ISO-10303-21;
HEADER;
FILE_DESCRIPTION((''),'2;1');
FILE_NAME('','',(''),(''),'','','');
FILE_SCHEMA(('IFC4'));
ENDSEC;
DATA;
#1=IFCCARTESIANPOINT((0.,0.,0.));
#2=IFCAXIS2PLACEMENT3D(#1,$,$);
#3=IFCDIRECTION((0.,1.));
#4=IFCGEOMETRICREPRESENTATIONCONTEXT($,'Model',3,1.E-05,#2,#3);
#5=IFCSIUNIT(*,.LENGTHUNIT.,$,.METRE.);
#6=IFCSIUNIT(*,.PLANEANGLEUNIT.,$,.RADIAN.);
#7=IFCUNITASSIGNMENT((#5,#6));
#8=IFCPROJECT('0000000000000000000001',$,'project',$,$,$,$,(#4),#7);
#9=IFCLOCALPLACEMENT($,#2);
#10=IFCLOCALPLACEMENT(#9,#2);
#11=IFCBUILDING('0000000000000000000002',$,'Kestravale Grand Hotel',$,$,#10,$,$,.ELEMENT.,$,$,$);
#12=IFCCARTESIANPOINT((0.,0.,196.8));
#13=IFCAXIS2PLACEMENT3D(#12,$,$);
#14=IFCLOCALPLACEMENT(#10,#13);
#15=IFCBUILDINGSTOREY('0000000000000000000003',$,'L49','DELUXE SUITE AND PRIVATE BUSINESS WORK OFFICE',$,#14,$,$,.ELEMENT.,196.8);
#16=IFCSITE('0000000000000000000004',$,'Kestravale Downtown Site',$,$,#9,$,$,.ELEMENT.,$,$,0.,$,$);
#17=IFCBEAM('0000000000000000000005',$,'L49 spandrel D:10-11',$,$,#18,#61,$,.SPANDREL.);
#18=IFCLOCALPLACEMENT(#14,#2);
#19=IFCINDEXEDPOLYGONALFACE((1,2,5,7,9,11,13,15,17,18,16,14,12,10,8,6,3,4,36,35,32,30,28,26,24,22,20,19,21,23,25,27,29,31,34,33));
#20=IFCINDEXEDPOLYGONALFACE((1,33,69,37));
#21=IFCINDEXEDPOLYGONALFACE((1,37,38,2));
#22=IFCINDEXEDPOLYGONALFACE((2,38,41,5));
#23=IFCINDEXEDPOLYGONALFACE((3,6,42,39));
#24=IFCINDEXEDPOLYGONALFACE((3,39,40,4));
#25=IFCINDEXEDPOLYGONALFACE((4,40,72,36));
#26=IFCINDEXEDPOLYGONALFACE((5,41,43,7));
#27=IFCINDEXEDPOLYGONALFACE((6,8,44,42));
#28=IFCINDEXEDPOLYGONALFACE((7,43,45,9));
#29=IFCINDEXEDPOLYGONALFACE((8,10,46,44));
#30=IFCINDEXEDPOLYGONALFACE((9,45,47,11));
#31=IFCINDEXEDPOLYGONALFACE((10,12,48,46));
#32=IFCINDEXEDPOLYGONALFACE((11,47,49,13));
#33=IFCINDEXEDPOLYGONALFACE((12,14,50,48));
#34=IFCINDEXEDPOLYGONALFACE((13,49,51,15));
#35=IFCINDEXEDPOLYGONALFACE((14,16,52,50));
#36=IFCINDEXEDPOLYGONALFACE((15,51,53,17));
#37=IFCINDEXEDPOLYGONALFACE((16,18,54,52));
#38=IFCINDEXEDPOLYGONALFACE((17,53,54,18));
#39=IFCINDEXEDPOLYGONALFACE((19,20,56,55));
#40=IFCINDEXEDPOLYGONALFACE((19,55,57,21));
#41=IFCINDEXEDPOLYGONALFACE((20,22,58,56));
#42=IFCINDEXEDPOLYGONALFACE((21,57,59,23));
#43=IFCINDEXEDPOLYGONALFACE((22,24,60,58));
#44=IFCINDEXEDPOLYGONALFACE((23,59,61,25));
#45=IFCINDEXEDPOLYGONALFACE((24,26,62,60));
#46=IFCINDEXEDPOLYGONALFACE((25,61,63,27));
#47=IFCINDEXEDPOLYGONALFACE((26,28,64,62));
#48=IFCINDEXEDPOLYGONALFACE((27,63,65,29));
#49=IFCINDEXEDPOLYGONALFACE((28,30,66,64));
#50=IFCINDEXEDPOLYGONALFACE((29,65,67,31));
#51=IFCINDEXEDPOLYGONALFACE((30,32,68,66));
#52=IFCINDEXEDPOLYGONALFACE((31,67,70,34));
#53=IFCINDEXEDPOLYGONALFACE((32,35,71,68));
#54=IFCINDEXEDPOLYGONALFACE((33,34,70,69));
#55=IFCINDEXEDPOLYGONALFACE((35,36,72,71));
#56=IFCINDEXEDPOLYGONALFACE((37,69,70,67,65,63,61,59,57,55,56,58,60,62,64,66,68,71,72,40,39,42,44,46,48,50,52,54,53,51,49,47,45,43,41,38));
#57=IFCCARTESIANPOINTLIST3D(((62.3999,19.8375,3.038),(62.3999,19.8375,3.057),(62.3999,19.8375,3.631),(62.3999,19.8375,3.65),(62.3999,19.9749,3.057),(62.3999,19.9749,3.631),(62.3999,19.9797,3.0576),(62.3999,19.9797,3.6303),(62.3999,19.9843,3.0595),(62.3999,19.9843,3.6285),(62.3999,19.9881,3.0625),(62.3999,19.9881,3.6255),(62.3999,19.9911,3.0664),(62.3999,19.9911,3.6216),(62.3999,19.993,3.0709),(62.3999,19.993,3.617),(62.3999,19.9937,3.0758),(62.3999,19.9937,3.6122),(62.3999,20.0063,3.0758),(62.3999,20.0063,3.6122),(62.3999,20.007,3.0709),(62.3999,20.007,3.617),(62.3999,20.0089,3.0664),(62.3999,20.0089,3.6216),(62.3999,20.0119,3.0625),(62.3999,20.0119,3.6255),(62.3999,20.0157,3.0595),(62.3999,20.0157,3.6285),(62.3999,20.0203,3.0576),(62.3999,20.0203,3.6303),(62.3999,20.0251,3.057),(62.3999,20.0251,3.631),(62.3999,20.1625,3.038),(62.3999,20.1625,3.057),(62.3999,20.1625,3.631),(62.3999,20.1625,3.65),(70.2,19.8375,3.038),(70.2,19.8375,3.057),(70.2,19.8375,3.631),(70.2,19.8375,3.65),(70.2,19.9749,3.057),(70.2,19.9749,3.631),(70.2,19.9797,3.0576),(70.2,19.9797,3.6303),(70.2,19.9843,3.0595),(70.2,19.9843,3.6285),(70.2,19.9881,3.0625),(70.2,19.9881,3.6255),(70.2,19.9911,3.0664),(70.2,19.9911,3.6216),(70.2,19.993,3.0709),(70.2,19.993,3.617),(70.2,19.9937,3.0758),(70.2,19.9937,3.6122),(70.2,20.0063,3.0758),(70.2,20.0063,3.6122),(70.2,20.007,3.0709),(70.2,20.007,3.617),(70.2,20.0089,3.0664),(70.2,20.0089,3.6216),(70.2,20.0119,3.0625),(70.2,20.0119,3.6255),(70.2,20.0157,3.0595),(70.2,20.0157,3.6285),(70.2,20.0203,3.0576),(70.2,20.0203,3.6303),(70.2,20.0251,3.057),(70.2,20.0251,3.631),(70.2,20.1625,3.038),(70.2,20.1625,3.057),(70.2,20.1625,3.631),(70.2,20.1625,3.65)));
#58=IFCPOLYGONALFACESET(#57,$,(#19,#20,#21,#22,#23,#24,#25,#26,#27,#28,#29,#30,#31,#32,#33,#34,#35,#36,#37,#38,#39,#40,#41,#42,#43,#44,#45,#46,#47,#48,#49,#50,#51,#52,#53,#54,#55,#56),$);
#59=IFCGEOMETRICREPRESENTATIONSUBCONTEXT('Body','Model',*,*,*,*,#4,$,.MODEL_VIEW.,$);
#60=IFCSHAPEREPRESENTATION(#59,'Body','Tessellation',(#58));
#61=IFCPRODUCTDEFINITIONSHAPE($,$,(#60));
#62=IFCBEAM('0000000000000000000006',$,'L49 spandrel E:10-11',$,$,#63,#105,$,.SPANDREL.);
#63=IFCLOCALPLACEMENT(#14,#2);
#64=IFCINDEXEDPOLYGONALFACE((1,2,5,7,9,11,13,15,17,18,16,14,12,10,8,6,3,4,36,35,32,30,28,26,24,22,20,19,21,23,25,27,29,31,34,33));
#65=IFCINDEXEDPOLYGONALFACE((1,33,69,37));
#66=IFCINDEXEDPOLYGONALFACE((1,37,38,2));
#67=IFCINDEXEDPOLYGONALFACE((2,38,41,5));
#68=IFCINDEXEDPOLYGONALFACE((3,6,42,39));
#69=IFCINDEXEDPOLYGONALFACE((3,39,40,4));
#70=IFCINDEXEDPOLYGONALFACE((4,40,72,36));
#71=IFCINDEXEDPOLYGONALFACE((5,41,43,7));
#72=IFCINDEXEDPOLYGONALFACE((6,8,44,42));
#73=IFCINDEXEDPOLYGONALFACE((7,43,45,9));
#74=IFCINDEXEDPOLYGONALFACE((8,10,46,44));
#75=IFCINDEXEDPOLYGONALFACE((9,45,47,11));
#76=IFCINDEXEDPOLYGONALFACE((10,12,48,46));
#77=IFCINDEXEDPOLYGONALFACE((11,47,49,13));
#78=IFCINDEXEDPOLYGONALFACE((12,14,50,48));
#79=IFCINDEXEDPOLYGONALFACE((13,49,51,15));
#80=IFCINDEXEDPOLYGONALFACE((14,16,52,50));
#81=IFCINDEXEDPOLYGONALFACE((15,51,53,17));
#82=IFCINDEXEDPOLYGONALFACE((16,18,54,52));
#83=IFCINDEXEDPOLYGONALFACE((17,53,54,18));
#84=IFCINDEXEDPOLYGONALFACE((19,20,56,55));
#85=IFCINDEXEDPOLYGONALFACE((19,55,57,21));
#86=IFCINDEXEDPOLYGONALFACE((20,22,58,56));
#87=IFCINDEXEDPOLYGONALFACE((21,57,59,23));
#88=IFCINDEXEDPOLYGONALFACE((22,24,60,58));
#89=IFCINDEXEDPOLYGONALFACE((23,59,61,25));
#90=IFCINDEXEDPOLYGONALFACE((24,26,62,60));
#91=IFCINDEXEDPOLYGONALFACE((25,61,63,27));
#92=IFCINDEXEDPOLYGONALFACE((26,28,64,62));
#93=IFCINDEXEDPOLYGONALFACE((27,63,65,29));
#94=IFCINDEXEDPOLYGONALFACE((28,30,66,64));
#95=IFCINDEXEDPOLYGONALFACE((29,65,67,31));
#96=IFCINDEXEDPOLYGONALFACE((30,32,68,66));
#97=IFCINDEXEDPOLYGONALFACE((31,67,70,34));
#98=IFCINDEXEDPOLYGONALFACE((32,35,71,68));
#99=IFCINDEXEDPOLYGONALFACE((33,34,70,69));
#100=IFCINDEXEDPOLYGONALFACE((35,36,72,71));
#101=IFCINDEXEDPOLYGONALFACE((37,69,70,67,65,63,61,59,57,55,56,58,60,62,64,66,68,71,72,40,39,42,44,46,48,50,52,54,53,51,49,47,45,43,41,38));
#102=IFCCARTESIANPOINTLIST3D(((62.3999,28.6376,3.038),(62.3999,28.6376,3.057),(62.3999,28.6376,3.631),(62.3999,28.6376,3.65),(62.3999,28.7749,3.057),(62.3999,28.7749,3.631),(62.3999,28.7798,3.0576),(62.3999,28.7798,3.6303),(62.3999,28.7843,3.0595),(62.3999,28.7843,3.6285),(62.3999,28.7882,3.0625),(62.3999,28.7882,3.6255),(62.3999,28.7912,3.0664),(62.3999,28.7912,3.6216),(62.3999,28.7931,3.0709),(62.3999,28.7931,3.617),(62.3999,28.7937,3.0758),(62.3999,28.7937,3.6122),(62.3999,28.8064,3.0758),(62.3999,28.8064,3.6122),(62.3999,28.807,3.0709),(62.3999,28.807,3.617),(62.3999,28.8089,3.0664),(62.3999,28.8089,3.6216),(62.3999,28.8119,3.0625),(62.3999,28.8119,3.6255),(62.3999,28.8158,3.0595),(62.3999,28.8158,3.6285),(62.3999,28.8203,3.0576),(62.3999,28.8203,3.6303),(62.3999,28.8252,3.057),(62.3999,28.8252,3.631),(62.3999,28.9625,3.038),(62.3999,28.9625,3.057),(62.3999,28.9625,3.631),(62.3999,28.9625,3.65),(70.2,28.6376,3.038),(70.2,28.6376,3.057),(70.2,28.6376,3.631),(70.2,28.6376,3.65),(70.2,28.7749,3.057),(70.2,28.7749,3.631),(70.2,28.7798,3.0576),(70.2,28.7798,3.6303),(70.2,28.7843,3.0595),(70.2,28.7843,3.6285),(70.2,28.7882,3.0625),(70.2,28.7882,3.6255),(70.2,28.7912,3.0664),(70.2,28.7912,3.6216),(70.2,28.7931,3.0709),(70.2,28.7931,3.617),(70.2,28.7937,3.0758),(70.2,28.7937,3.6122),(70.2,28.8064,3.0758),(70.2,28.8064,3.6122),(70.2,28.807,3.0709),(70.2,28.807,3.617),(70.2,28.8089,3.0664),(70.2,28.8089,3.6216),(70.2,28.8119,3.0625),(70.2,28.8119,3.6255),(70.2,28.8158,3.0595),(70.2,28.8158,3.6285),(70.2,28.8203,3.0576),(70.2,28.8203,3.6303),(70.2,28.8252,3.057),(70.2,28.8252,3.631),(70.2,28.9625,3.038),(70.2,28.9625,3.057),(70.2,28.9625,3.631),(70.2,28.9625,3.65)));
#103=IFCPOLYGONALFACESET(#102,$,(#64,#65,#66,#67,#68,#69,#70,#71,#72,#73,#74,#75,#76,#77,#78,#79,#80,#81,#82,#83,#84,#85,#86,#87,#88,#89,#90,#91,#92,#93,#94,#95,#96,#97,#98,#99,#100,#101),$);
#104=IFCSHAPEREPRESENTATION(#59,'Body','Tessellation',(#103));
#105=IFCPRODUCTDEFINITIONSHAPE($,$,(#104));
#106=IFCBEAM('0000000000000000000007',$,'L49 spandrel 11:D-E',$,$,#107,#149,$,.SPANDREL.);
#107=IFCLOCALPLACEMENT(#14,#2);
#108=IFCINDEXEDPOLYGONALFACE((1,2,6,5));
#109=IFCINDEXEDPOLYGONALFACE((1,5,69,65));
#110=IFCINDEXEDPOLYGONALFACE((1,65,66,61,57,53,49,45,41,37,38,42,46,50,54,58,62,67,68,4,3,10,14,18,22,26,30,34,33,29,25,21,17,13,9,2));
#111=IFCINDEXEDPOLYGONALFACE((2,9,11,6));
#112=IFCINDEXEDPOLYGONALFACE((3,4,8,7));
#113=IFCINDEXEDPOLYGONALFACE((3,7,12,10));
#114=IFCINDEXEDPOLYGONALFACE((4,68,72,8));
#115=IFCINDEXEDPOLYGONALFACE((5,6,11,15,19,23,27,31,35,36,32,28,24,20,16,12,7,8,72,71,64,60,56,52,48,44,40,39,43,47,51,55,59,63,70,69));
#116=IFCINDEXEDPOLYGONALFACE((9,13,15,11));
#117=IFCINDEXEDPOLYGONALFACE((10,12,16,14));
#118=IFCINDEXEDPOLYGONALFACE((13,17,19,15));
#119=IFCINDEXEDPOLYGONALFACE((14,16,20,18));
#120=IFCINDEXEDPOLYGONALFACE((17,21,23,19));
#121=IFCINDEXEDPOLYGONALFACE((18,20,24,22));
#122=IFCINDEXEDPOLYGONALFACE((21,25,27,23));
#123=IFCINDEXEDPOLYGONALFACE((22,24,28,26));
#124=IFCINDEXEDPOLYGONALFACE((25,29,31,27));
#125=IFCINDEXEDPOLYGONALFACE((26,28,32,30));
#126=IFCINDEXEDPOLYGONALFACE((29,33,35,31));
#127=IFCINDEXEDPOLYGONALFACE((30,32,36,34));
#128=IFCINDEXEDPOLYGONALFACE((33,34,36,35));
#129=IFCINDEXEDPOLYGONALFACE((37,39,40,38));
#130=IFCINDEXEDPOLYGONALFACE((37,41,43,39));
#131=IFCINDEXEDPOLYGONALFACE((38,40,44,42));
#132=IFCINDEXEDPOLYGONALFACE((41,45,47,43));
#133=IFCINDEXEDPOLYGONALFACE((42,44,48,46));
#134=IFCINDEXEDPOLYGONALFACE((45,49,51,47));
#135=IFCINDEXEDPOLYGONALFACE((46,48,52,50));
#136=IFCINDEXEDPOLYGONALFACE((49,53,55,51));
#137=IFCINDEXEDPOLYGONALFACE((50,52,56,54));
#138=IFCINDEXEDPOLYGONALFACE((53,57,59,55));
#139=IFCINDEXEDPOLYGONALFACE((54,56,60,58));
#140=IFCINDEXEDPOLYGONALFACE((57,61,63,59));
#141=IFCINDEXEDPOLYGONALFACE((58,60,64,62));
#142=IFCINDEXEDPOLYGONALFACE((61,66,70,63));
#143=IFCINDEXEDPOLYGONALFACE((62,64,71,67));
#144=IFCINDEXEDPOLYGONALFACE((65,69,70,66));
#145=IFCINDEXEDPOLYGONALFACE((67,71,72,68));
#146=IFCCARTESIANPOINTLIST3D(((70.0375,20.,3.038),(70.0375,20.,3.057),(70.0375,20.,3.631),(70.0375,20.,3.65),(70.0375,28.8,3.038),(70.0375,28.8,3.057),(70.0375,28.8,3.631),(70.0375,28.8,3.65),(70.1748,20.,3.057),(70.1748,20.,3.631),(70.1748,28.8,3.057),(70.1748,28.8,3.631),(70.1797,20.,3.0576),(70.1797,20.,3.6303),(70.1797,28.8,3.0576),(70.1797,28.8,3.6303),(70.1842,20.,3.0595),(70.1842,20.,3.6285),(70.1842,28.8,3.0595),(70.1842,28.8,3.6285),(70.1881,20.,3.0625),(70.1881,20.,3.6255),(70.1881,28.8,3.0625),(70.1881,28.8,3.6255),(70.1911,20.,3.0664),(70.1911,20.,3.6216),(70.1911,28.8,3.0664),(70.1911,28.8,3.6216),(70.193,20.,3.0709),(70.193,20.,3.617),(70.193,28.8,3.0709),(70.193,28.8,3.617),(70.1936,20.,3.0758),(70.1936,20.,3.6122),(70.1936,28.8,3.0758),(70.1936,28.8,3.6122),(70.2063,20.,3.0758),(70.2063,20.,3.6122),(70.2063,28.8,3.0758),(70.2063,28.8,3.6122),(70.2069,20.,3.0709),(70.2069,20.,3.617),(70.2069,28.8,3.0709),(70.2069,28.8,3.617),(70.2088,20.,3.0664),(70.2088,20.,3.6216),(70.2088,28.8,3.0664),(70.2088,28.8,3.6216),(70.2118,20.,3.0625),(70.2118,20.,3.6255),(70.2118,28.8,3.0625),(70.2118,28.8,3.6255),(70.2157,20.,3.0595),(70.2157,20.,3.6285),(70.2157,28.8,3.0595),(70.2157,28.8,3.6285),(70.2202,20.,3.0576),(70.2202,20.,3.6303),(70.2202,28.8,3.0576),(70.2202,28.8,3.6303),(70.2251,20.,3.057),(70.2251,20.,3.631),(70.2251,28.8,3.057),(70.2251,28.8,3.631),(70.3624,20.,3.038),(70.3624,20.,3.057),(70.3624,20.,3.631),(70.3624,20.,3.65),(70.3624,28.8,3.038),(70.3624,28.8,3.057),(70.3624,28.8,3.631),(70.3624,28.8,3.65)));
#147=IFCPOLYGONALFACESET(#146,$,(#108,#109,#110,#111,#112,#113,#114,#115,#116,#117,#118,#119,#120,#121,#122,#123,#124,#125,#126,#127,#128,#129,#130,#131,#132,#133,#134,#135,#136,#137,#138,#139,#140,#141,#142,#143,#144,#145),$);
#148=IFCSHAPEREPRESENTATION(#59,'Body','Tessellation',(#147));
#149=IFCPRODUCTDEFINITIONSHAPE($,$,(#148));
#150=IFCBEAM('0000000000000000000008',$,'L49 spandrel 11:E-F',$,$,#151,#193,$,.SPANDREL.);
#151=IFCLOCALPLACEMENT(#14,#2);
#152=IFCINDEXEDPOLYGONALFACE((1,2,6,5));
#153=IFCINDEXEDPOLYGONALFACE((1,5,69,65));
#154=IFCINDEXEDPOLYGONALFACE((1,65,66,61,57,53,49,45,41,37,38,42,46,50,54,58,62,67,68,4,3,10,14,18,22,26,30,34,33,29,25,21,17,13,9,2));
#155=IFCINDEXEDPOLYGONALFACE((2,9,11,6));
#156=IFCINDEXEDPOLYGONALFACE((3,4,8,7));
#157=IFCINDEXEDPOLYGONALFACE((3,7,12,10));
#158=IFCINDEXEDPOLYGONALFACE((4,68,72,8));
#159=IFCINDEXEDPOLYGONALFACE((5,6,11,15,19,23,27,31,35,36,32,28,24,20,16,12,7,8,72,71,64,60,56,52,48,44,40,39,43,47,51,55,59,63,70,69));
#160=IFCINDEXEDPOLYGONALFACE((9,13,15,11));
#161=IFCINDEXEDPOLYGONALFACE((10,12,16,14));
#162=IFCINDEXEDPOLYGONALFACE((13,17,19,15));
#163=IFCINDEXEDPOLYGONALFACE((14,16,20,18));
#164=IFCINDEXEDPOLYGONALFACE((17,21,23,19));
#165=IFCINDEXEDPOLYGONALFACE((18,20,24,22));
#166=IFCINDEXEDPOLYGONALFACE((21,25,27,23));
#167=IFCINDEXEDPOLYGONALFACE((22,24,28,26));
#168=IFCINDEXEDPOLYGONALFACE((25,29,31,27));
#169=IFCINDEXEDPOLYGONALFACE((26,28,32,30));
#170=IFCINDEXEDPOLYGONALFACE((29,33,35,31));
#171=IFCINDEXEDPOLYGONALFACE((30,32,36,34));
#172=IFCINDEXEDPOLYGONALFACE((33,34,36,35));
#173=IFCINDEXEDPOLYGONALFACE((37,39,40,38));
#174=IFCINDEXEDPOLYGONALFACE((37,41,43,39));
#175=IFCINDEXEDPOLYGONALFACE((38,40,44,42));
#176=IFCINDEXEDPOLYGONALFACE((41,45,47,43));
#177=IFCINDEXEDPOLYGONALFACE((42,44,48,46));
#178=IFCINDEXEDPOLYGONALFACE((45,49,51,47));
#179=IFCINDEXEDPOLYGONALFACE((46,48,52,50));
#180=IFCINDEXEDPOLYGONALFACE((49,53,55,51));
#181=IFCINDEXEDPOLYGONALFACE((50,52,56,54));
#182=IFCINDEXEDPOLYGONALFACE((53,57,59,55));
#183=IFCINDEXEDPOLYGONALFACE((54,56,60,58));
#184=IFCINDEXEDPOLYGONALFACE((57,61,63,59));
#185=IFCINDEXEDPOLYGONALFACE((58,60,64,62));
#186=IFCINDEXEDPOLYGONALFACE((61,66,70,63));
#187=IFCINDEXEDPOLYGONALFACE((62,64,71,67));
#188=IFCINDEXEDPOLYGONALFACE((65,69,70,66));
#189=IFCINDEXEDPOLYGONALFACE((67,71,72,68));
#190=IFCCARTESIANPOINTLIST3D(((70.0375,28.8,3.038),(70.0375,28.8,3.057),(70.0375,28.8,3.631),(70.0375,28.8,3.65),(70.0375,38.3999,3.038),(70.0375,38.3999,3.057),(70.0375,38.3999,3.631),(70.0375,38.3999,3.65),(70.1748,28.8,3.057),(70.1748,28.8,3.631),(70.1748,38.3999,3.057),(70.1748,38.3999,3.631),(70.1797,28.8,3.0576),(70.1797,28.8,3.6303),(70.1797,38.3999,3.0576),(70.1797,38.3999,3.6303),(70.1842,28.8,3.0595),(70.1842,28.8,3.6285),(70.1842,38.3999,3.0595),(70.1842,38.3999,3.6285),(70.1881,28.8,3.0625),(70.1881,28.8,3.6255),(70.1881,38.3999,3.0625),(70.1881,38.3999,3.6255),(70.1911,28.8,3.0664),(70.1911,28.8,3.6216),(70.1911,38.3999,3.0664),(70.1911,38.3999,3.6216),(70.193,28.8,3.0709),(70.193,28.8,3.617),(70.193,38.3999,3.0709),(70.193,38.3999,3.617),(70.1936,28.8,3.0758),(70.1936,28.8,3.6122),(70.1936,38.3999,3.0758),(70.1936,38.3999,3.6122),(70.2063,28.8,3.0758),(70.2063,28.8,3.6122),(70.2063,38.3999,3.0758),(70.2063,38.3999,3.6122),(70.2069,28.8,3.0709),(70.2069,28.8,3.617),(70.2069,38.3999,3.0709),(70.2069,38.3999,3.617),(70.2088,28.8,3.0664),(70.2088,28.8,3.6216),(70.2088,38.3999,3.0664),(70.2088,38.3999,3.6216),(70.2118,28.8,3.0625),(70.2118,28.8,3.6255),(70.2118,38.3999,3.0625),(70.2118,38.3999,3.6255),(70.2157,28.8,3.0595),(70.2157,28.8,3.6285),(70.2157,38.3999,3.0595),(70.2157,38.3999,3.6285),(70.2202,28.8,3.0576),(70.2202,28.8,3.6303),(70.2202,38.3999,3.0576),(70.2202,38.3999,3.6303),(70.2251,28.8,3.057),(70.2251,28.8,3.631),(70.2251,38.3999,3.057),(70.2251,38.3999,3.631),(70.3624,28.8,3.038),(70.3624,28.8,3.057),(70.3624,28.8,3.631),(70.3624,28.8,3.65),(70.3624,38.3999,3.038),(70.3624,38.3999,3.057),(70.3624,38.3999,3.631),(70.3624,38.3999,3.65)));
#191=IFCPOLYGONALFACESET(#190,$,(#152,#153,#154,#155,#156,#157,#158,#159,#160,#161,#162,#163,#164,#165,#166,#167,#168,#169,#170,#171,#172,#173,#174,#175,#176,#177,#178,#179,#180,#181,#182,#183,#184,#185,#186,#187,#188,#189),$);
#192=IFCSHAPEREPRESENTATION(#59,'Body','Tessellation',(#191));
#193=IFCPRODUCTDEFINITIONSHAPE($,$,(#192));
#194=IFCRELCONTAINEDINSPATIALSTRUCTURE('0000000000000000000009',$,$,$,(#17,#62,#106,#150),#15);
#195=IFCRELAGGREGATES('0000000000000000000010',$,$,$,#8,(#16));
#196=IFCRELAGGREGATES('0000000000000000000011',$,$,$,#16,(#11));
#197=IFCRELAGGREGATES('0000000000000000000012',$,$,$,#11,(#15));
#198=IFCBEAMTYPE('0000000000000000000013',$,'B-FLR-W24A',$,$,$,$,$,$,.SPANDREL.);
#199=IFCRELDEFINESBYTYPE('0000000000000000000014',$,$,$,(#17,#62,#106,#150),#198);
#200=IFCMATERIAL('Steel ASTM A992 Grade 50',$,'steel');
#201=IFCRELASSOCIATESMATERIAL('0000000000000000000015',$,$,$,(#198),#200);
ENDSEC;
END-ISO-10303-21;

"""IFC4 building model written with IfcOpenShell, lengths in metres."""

from ifc_helpers import new_model, si_unit, direction, frame, origin, origin_2d, place, context, subcontext, project, spatial, i_section, extrude, material, material_profile, profile_set, type_object, element, save


model = new_model("IFC4")

# Units and contexts
model_context = context("Model", 3, precision=1e-05, world=origin(), true_north=direction((0.0, 1.0)))
body_context = subcontext(model_context, "Body", "Model", "MODEL_VIEW")
ifc_project = project(units=[si_unit("LENGTHUNIT", "METRE"), si_unit("PLANEANGLEUNIT", "RADIAN")], contexts=[model_context])

# Site, building, storey
site_placement = place(None, origin())
site = spatial("IfcSite", under=ifc_project, at=site_placement, Name="Kestravale Downtown Site", CompositionType="ELEMENT", RefElevation=0.0)
building_placement = place(site_placement, origin())
building = spatial("IfcBuilding", under=site, at=building_placement, Name="Kestravale Grand Hotel", CompositionType="ELEMENT")
storey_placement = place(building_placement, frame((0.0, 0.0, 196.8)))
storey = spatial("IfcBuildingStorey", under=building, at=storey_placement, Name="L49", Description="DELUXE SUITE AND PRIVATE BUSINESS WORK OFFICE", CompositionType="ELEMENT", Elevation=196.8)

# Beams
ifc_material_1 = material(Name="Steel ASTM A992 Grade 50", Category="steel")
ifc_material_profile_1 = material_profile(ifc_material_1, i_section(OverallWidth=0.325, OverallDepth=0.6121, WebThickness=0.0127, FlangeThickness=0.019, FilletRadius=0.0188, at=origin_2d()))
ifc_profile_set_1 = profile_set([ifc_material_profile_1], Name="Steel ASTM A992 Grade 50")
beam_type_1 = type_object("IfcBeamType", Name="B-FLR-W24A", PredefinedType="SPANDREL", material=ifc_profile_set_1)
for number, where, z_axis, x_axis, name in (
    (1, (62.3999, 20.0, 3.344), (1.0, 0.0, 0.0), (0.0, 1.0, 0.0), "L49 spandrel D:10-11"),
    (2, (62.3999, 28.8, 3.344), (1.0, 0.0, 0.0), (0.0, 1.0, 0.0), "L49 spandrel E:10-11"),
):
    element("IfcBeam", number, at=place(storey_placement, frame(where, z_axis=z_axis, x_axis=x_axis)), inside=storey, type_object=beam_type_1, Name=name, PredefinedType="SPANDREL", context=body_context, shape_type="SweptSolid", body=[
        extrude(i_section(OverallWidth=0.325, OverallDepth=0.6121, WebThickness=0.0127, FlangeThickness=0.019, FilletRadius=0.0188, at=origin_2d()), origin(), (0.0, 0.0, 1.0), 7.8),
    ])
beam_1_placement = place(storey_placement, frame((70.2, 20.0, 3.344), z_axis=(0.0, 1.0, 0.0), x_axis=(-1.0, 0.0, 0.0)))
element("IfcBeam", 3, at=beam_1_placement, inside=storey, type_object=beam_type_1, Name="L49 spandrel 11:D-E", PredefinedType="SPANDREL", context=body_context, shape_type="SweptSolid", body=[
    extrude(i_section(OverallWidth=0.325, OverallDepth=0.6121, WebThickness=0.0127, FlangeThickness=0.019, FilletRadius=0.0188, at=origin_2d()), origin(), (0.0, 0.0, 1.0), 8.8),
])
beam_2_placement = place(storey_placement, frame((70.2, 28.8, 3.344), z_axis=(0.0, 1.0, 0.0), x_axis=(-1.0, 0.0, 0.0)))
element("IfcBeam", 4, at=beam_2_placement, inside=storey, type_object=beam_type_1, Name="L49 spandrel 11:E-F", PredefinedType="SPANDREL", context=body_context, shape_type="SweptSolid", body=[
    extrude(i_section(OverallWidth=0.325, OverallDepth=0.6121, WebThickness=0.0127, FlangeThickness=0.019, FilletRadius=0.0188, at=origin_2d()), origin(), (0.0, 0.0, 1.0), 9.5999),
])

save(model, "model.ifc")
